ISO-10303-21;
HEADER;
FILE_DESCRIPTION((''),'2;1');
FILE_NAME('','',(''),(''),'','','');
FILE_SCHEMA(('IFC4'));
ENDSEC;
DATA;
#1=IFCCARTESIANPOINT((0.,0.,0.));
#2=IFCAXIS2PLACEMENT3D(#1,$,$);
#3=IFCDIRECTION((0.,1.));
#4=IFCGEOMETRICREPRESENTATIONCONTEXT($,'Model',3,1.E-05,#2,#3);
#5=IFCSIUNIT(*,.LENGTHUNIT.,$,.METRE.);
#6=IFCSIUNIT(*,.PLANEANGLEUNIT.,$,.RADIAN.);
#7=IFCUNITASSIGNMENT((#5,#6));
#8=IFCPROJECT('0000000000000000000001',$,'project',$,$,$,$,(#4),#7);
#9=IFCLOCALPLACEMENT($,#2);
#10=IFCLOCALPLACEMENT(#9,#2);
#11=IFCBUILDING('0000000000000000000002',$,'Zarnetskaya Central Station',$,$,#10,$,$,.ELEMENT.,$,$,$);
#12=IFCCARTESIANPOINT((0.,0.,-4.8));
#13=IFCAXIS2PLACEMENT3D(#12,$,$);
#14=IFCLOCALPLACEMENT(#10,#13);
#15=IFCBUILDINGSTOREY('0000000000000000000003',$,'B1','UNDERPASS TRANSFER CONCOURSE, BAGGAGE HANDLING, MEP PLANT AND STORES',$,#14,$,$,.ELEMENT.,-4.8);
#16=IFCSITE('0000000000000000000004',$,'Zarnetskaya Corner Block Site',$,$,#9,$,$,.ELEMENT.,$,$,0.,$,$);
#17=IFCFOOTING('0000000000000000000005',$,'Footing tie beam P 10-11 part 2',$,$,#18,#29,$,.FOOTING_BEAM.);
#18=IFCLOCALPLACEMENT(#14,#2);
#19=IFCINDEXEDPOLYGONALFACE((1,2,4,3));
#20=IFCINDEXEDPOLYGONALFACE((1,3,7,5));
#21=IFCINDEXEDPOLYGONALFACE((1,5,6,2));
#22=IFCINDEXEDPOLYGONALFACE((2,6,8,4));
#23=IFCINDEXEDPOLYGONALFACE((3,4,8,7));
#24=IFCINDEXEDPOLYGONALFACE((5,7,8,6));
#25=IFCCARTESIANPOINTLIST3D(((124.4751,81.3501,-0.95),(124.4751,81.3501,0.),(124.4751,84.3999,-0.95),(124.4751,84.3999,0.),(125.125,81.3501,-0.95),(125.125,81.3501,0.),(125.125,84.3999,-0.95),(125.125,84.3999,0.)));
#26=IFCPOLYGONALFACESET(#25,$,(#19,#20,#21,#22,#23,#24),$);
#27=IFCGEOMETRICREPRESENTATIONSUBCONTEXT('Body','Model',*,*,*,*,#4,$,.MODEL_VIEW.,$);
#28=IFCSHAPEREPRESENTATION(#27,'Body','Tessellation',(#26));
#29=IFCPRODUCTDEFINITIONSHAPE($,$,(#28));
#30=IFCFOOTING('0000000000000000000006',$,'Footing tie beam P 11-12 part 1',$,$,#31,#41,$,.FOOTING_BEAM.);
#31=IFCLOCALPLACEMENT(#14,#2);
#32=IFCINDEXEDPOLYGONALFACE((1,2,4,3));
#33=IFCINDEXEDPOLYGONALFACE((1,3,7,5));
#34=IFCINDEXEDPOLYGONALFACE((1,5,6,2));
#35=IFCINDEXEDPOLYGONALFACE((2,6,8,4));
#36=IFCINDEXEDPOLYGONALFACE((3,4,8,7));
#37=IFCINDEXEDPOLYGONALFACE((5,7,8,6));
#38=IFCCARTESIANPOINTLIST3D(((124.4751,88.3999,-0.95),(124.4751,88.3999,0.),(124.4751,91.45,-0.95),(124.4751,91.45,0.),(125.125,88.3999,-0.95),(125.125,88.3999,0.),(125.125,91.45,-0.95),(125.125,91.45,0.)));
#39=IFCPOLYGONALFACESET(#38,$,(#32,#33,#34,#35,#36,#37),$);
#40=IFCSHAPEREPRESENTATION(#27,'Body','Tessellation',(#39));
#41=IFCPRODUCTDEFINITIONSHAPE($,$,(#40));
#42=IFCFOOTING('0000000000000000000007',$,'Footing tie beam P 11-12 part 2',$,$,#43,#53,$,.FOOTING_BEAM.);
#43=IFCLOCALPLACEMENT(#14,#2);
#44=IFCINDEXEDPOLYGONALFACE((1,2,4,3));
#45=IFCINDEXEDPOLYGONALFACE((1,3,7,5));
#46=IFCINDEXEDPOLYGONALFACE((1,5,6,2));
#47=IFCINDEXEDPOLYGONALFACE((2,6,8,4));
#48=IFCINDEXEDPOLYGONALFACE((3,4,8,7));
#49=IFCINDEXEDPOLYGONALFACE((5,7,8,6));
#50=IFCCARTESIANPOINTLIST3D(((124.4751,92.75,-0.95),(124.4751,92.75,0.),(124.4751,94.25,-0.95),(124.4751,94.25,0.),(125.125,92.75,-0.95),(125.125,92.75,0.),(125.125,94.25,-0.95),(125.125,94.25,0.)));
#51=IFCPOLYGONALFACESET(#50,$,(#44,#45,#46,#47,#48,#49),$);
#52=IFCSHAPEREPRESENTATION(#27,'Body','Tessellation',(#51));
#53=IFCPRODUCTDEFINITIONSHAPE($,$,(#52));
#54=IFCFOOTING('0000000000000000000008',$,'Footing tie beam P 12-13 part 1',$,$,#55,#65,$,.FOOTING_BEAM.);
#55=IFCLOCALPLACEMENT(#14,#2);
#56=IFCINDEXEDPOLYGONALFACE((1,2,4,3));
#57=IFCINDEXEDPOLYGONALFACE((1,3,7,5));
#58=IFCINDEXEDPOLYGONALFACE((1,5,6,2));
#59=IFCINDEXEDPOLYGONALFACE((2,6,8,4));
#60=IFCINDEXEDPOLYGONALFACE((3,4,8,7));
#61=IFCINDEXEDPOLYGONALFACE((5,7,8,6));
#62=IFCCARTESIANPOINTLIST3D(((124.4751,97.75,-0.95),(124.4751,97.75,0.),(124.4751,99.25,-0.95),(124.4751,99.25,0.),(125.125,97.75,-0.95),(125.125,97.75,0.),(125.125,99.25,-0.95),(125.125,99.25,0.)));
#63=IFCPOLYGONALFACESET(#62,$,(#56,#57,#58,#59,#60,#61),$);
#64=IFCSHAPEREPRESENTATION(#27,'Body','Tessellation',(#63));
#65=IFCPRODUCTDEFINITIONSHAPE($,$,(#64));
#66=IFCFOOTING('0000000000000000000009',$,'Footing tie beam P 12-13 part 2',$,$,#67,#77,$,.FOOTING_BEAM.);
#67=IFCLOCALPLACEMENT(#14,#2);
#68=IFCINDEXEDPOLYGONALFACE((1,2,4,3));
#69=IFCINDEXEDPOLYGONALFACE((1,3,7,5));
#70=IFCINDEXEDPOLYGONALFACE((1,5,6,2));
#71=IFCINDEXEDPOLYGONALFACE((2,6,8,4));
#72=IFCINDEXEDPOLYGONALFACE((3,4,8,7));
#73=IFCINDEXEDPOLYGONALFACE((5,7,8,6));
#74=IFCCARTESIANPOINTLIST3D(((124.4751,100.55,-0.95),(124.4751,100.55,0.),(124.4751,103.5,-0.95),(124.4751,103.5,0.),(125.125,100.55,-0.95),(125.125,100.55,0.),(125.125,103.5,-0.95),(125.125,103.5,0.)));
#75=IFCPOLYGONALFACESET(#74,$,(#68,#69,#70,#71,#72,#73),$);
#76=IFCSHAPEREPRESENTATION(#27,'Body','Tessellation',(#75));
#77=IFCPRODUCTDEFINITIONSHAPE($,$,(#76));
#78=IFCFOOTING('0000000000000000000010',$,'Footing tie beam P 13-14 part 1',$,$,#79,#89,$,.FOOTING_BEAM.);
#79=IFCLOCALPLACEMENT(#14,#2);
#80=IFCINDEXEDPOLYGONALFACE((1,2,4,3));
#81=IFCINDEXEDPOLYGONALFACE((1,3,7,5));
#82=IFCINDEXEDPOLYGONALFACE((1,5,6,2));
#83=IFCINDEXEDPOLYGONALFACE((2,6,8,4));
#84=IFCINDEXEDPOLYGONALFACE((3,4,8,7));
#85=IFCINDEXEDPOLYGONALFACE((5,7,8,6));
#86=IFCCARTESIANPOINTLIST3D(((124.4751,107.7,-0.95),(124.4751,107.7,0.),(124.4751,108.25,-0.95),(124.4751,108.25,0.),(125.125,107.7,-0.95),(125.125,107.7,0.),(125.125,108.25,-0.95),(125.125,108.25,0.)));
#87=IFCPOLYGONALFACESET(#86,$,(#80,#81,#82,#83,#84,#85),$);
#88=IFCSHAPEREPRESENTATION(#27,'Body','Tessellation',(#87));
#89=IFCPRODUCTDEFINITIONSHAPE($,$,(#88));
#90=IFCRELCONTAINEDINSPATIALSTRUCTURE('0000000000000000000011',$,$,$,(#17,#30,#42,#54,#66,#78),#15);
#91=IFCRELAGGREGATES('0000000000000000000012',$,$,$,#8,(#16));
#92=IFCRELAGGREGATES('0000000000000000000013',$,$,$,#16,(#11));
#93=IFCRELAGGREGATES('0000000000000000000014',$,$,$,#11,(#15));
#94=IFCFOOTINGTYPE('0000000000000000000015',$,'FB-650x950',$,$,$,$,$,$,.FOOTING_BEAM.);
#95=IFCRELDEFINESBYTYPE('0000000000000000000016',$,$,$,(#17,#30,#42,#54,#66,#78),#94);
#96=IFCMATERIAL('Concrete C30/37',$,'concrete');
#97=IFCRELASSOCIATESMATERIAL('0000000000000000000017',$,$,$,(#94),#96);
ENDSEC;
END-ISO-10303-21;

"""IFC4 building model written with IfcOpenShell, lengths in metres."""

from ifc_helpers import new_model, si_unit, direction, frame, origin, place, context, subcontext, project, spatial, polyline, outline, extrude, material, type_object, element, save


model = new_model("IFC4")

# Units and contexts
model_context = context("Model", 3, precision=1e-05, world=origin(), true_north=direction((0.0, 1.0)))
body_context = subcontext(model_context, "Body", "Model", "MODEL_VIEW")
ifc_project = project(units=[si_unit("LENGTHUNIT", "METRE"), si_unit("PLANEANGLEUNIT", "RADIAN")], contexts=[model_context])

# Site, building, storey
site_placement = place(None, origin())
site = spatial("IfcSite", under=ifc_project, at=site_placement, Name="Zarnetskaya Corner Block Site", CompositionType="ELEMENT", RefElevation=0.0)
building_placement = place(site_placement, origin())
building = spatial("IfcBuilding", under=site, at=building_placement, Name="Zarnetskaya Central Station", CompositionType="ELEMENT")
storey_placement = place(building_placement, frame((0.0, 0.0, -4.8)))
storey = spatial("IfcBuildingStorey", under=building, at=storey_placement, Name="B1", Description="UNDERPASS TRANSFER CONCOURSE, BAGGAGE HANDLING, MEP PLANT AND STORES", CompositionType="ELEMENT", Elevation=-4.8)

# Footings
ifc_material = material(Name="Concrete C30/37", Category="concrete")
footing_type = type_object("IfcFootingType", Name="FB-650x950", PredefinedType="FOOTING_BEAM", material=ifc_material)
footing_1_placement = place(storey_placement, frame((0.0, 0.0, -0.95)))
element("IfcFooting", 1, at=footing_1_placement, inside=storey, type_object=footing_type, Name="Footing tie beam P 10-11 part 2", PredefinedType="FOOTING_BEAM", context=body_context, shape_type="SweptSolid", body=[
    extrude(outline(polyline([(124.4751, 81.3501), (125.125, 81.3501), (125.125, 84.3999), (124.4751, 84.3999), (124.4751, 81.3501)])), origin(), (0.0, 0.0, 1.0), 0.95),
])
footing_2_placement = place(storey_placement, frame((0.0, 0.0, -0.95)))
element("IfcFooting", 2, at=footing_2_placement, inside=storey, type_object=footing_type, Name="Footing tie beam P 11-12 part 1", PredefinedType="FOOTING_BEAM", context=body_context, shape_type="SweptSolid", body=[
    extrude(outline(polyline([(124.4751, 88.3999), (125.125, 88.3999), (125.125, 91.45), (124.4751, 91.45), (124.4751, 88.3999)])), origin(), (0.0, 0.0, 1.0), 0.95),
])
footing_3_placement = place(storey_placement, frame((0.0, 0.0, -0.95)))
element("IfcFooting", 3, at=footing_3_placement, inside=storey, type_object=footing_type, Name="Footing tie beam P 11-12 part 2", PredefinedType="FOOTING_BEAM", context=body_context, shape_type="SweptSolid", body=[
    extrude(outline(polyline([(124.4751, 92.75), (125.125, 92.75), (125.125, 94.25), (124.4751, 94.25), (124.4751, 92.75)])), origin(), (0.0, 0.0, 1.0), 0.95),
])
footing_4_placement = place(storey_placement, frame((0.0, 0.0, -0.95)))
element("IfcFooting", 4, at=footing_4_placement, inside=storey, type_object=footing_type, Name="Footing tie beam P 12-13 part 1", PredefinedType="FOOTING_BEAM", context=body_context, shape_type="SweptSolid", body=[
    extrude(outline(polyline([(124.4751, 97.75), (125.125, 97.75), (125.125, 99.25), (124.4751, 99.25), (124.4751, 97.75)])), origin(), (0.0, 0.0, 1.0), 0.95),
])
footing_5_placement = place(storey_placement, frame((0.0, 0.0, -0.95)))
element("IfcFooting", 5, at=footing_5_placement, inside=storey, type_object=footing_type, Name="Footing tie beam P 12-13 part 2", PredefinedType="FOOTING_BEAM", context=body_context, shape_type="SweptSolid", body=[
    extrude(outline(polyline([(124.4751, 100.55), (125.125, 100.55), (125.125, 103.5), (124.4751, 103.5), (124.4751, 100.55)])), origin(), (0.0, 0.0, 1.0), 0.95),
])
footing_6_placement = place(storey_placement, frame((0.0, 0.0, -0.95)))
element("IfcFooting", 6, at=footing_6_placement, inside=storey, type_object=footing_type, Name="Footing tie beam P 13-14 part 1", PredefinedType="FOOTING_BEAM", context=body_context, shape_type="SweptSolid", body=[
    extrude(outline(polyline([(124.4751, 107.7), (125.125, 107.7), (125.125, 108.25), (124.4751, 108.25), (124.4751, 107.7)])), origin(), (0.0, 0.0, 1.0), 0.95),
])

save(model, "model.ifc")
